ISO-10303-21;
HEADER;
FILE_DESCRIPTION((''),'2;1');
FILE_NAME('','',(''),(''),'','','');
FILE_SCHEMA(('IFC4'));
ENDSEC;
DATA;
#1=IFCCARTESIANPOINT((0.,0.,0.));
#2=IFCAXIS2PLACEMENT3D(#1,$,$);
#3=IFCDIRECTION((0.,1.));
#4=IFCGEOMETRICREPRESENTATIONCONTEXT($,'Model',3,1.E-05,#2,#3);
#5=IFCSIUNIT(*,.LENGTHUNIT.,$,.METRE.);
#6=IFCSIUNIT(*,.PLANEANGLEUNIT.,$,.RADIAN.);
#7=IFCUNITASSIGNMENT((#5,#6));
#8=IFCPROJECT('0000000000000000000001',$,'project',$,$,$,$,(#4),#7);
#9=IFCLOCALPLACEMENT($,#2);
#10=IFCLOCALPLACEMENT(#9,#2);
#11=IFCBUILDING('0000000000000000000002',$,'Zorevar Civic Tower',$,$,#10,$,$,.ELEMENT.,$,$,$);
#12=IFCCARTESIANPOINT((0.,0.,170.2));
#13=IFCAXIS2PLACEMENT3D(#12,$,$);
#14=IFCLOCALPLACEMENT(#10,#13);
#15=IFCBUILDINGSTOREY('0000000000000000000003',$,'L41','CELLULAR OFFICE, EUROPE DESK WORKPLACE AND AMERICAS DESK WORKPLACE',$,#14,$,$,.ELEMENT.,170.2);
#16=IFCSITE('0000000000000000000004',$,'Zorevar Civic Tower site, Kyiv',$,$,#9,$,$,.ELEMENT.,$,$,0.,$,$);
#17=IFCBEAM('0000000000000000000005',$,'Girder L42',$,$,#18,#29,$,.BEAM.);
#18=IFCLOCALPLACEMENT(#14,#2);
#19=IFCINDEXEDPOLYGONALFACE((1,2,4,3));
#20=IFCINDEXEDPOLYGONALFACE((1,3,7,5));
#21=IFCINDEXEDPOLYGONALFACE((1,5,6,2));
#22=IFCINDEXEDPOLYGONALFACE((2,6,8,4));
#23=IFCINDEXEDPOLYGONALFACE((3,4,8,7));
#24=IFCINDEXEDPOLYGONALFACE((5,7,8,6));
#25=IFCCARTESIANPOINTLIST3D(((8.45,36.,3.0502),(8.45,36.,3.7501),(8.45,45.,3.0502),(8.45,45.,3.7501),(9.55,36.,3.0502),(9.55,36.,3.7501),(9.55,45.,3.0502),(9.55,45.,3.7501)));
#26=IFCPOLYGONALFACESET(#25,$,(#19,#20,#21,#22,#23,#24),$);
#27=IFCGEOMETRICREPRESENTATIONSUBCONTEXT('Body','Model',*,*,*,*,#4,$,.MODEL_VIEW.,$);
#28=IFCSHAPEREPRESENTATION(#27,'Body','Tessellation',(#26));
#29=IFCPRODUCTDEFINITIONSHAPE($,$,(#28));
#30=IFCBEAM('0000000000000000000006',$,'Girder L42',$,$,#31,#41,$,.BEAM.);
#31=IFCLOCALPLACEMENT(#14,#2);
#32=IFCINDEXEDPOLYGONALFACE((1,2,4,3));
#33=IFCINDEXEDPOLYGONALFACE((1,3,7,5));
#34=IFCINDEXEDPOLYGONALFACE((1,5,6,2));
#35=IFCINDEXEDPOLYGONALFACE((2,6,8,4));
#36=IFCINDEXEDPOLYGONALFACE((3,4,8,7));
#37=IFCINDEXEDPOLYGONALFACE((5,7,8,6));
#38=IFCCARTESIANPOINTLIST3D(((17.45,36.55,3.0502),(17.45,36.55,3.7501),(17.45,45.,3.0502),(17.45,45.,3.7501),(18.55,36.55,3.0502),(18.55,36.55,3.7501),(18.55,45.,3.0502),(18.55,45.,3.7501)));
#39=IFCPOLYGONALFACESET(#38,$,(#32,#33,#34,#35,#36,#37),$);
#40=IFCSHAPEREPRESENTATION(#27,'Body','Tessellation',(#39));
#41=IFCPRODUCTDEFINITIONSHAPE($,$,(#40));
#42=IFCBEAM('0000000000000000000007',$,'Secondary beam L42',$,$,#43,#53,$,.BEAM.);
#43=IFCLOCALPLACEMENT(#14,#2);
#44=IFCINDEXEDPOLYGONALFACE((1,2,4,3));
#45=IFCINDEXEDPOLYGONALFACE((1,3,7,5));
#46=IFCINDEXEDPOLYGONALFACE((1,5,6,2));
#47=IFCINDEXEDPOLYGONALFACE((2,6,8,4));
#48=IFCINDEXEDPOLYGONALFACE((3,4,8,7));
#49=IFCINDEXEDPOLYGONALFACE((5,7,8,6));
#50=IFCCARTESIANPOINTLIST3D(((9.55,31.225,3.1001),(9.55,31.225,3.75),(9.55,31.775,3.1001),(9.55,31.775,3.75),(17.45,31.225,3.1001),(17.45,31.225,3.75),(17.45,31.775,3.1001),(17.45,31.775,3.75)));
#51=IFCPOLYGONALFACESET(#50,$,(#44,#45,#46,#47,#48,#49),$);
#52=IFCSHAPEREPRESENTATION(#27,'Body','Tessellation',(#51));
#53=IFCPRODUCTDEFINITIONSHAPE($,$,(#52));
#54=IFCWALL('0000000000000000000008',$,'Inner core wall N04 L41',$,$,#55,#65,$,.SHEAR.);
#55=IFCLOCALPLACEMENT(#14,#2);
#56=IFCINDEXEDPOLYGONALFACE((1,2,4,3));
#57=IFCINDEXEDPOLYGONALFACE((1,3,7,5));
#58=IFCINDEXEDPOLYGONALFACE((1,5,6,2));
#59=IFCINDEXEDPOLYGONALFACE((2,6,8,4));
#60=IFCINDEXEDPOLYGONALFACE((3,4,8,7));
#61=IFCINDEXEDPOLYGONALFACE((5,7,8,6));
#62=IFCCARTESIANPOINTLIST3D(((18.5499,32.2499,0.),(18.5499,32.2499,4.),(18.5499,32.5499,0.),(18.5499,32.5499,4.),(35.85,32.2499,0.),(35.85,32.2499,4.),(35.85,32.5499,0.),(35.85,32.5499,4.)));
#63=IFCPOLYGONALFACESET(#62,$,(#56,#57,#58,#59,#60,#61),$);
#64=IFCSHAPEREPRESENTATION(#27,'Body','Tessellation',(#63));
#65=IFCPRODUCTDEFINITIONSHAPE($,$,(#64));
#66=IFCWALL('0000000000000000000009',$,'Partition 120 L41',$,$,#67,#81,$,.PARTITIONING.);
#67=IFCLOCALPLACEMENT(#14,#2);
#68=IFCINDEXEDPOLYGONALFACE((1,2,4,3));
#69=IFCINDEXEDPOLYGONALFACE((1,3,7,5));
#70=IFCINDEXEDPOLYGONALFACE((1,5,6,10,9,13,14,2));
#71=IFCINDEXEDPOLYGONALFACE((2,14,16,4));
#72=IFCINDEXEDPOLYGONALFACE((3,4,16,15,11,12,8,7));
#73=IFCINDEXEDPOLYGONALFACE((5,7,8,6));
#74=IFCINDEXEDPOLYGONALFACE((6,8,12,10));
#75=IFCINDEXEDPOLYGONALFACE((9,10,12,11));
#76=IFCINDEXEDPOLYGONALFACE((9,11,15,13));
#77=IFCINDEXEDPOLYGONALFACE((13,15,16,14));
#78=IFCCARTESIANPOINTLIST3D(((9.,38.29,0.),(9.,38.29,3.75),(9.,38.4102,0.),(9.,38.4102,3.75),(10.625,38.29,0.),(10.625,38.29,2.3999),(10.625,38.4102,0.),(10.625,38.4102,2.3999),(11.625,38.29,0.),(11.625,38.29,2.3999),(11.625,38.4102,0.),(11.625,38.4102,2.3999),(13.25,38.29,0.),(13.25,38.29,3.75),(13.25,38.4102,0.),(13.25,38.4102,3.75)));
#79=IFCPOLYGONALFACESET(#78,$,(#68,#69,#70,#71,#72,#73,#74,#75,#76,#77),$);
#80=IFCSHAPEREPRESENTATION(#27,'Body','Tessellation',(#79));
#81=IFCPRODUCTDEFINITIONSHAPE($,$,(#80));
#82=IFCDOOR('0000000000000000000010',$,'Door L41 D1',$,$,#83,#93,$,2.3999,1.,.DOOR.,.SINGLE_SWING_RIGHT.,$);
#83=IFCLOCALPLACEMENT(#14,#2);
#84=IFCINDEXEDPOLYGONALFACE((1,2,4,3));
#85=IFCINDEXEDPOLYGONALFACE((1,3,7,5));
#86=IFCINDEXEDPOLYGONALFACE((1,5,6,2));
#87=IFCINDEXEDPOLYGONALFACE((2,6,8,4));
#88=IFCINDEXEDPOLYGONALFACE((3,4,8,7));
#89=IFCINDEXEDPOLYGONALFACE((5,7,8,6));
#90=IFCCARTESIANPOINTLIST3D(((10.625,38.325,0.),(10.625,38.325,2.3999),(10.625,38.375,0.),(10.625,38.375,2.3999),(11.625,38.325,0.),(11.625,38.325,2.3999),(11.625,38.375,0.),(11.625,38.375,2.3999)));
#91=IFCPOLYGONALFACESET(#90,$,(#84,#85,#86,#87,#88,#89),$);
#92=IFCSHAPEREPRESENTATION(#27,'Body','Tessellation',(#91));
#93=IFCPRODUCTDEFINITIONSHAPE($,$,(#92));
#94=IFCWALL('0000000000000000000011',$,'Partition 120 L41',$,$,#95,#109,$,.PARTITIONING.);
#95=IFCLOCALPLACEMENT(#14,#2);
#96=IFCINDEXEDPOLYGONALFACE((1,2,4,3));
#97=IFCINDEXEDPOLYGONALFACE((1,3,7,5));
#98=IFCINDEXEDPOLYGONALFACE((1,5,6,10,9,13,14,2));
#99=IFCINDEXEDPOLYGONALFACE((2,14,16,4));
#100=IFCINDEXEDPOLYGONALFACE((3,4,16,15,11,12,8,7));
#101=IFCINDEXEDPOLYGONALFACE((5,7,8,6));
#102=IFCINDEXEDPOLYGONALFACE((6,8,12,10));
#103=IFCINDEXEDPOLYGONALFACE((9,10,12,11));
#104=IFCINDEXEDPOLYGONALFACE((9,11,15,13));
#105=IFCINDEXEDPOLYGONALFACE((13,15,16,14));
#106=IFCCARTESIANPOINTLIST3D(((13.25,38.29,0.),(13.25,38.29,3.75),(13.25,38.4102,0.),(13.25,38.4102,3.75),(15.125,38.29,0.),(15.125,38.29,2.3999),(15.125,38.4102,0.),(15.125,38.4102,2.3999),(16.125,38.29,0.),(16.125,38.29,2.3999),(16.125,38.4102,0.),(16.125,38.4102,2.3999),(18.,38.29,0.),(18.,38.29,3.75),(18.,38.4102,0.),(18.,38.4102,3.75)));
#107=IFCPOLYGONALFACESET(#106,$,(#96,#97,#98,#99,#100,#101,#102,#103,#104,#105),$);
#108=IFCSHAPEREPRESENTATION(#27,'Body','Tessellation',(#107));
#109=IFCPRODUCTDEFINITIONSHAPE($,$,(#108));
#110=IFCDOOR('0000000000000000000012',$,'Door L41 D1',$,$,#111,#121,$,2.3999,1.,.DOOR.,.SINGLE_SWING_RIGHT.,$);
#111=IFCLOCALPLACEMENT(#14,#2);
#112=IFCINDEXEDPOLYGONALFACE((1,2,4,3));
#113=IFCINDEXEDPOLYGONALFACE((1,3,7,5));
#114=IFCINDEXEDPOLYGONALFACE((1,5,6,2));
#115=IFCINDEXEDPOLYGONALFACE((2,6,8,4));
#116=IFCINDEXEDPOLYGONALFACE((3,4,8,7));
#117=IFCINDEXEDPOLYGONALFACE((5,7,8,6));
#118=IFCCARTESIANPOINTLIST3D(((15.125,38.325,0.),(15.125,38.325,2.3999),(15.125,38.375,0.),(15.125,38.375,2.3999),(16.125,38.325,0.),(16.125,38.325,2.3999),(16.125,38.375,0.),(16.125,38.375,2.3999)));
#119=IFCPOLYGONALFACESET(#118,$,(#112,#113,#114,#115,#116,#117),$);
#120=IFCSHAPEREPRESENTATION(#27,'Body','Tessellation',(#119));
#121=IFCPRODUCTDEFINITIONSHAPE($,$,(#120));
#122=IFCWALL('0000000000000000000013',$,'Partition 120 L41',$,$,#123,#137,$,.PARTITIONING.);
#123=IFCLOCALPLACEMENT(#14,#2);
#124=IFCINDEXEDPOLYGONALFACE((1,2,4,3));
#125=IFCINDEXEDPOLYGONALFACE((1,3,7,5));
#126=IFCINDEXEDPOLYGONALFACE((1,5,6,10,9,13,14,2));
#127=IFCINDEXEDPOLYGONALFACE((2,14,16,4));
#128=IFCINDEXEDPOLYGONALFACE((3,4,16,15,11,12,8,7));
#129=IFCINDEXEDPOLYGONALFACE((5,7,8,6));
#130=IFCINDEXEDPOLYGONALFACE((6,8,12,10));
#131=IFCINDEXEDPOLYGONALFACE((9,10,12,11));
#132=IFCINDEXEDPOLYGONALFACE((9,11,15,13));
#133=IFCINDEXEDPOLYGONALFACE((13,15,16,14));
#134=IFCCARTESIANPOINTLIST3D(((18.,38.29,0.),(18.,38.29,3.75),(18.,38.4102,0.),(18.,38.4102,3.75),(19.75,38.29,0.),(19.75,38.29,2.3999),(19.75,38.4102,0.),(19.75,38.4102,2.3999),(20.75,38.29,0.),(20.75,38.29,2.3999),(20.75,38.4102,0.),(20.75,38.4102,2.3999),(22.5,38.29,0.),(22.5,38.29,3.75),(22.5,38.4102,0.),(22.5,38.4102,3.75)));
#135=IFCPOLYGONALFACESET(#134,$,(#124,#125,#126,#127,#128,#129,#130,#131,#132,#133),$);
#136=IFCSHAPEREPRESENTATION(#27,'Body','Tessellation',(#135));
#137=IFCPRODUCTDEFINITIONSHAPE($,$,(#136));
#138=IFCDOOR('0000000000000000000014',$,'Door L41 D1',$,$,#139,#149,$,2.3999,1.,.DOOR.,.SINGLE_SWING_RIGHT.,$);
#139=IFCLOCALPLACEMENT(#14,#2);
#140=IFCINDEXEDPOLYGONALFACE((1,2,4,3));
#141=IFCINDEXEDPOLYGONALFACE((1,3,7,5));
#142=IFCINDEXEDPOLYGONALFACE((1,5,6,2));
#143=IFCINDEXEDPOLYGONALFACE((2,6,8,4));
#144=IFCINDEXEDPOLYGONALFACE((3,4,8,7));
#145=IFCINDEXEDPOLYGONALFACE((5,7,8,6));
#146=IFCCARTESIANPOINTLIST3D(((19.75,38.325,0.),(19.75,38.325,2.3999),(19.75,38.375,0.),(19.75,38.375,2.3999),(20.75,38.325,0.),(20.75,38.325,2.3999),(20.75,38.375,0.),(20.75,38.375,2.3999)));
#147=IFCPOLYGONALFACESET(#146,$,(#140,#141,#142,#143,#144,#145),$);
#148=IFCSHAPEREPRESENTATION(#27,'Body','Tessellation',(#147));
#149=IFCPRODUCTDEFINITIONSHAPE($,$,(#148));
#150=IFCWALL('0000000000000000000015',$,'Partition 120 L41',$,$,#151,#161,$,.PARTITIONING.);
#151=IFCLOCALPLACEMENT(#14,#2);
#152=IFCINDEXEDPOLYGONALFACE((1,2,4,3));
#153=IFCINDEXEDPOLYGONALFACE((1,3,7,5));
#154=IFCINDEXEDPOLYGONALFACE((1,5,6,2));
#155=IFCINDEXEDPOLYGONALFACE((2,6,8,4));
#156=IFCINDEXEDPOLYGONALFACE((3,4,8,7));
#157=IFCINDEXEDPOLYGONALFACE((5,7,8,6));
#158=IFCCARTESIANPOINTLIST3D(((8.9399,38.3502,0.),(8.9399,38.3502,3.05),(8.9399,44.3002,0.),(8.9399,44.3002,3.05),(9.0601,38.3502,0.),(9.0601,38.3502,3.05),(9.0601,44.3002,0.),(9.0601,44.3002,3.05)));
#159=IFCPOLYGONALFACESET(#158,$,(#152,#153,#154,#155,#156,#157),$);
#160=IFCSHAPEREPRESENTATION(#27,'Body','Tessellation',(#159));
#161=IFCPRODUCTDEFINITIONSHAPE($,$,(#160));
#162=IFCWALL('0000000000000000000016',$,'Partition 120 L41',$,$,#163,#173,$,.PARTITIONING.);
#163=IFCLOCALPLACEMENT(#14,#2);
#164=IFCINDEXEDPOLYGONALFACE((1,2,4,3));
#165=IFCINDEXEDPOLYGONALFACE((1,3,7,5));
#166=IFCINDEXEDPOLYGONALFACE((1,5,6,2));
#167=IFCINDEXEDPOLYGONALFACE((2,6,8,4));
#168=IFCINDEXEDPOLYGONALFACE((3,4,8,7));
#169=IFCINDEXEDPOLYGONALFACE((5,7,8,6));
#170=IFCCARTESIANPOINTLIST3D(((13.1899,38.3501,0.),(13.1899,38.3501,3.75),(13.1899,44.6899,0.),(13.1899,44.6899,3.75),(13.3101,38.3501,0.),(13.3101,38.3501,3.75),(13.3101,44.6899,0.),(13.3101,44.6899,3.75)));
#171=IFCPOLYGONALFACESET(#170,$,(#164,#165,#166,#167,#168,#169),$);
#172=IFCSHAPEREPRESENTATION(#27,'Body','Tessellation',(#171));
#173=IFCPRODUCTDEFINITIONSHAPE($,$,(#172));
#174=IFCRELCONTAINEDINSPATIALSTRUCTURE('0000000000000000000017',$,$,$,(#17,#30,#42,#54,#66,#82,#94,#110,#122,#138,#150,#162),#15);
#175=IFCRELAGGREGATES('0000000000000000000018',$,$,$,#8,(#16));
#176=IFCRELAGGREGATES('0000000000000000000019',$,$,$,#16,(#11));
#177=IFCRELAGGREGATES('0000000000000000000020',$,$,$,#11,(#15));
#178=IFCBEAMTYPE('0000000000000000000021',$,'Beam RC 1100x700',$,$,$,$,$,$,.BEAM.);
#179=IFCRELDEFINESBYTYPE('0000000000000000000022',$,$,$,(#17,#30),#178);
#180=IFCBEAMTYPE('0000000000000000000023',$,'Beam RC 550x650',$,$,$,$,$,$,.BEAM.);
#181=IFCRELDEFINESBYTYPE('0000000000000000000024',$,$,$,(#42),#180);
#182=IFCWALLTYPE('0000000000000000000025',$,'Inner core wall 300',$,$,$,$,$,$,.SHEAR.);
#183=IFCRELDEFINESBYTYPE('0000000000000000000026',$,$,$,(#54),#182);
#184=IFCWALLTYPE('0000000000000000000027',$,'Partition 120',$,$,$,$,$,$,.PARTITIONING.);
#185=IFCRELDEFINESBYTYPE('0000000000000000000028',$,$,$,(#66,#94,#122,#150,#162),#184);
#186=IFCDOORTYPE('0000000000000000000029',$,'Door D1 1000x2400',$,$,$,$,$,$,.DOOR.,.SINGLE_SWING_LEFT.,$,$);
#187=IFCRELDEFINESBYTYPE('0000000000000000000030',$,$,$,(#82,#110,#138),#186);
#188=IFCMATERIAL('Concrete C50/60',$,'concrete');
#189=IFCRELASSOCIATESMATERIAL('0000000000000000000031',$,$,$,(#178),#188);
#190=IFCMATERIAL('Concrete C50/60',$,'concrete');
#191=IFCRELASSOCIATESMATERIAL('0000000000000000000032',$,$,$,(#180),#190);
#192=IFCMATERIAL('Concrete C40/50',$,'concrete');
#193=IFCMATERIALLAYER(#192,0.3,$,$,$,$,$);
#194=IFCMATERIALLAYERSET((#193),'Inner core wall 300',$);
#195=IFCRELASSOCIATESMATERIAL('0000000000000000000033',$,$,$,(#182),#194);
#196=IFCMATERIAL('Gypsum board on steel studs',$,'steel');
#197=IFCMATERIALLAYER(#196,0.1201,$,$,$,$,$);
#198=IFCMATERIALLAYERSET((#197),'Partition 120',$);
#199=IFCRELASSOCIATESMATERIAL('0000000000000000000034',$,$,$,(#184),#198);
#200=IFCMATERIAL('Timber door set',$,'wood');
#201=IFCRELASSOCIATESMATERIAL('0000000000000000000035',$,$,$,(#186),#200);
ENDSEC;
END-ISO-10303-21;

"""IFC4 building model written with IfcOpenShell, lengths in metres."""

from ifc_helpers import new_model, si_unit, direction, frame, frame_2d, origin, origin_2d, place, context, subcontext, project, spatial, rectangle, extrude, material, layer, layer_set, material_profile, profile_set, type_object, element, fill, save


model = new_model("IFC4")

# Units and contexts
model_context = context("Model", 3, precision=1e-05, world=origin(), true_north=direction((0.0, 1.0)))
body_context = subcontext(model_context, "Body", "Model", "MODEL_VIEW")
ifc_project = project(units=[si_unit("LENGTHUNIT", "METRE"), si_unit("PLANEANGLEUNIT", "RADIAN")], contexts=[model_context])

# Site, building, storey
site_placement = place(None, origin())
site = spatial("IfcSite", under=ifc_project, at=site_placement, Name="Zorevar Civic Tower site, Kyiv", CompositionType="ELEMENT", RefElevation=0.0)
building_placement = place(site_placement, origin())
building = spatial("IfcBuilding", under=site, at=building_placement, Name="Zorevar Civic Tower", CompositionType="ELEMENT")
storey_placement = place(building_placement, frame((0.0, 0.0, 170.2)))
storey = spatial("IfcBuildingStorey", under=building, at=storey_placement, Name="L41", Description="CELLULAR OFFICE, EUROPE DESK WORKPLACE AND AMERICAS DESK WORKPLACE", CompositionType="ELEMENT", Elevation=170.2)

# Beams
ifc_material_1 = material(Name="Concrete C50/60", Category="concrete")
ifc_material_profile_1 = material_profile(ifc_material_1, rectangle(XDim=1.1001, YDim=0.7, at=origin_2d()), Name="RC 1100x700")
ifc_profile_set_1 = profile_set([ifc_material_profile_1], Name="Concrete C50/60")
beam_type_1 = type_object("IfcBeamType", Name="Beam RC 1100x700", PredefinedType="BEAM", material=ifc_profile_set_1)
beam_1_placement = place(storey_placement, frame((9.0, 36.0, 3.4001), z_axis=(0.0, 1.0, 0.0), x_axis=(-1.0, 0.0, 0.0)))
element("IfcBeam", 1, at=beam_1_placement, inside=storey, type_object=beam_type_1, Name="Girder L42", PredefinedType="BEAM", context=body_context, shape_type="SweptSolid", body=[
    extrude(rectangle(XDim=1.1001, YDim=0.7, at=origin_2d()), origin(), (0.0, 0.0, 1.0), 9.0),
])
beam_2_placement = place(storey_placement, frame((18.0, 36.55, 3.4001), z_axis=(0.0, 1.0, 0.0), x_axis=(-1.0, 0.0, 0.0)))
element("IfcBeam", 2, at=beam_2_placement, inside=storey, type_object=beam_type_1, Name="Girder L42", PredefinedType="BEAM", context=body_context, shape_type="SweptSolid", body=[
    extrude(rectangle(XDim=1.1001, YDim=0.7, at=origin_2d()), origin(), (0.0, 0.0, 1.0), 8.45),
])
ifc_material_2 = material(Name="Concrete C50/60", Category="concrete")
ifc_material_profile_2 = material_profile(ifc_material_2, rectangle(XDim=0.55, YDim=0.6499, at=origin_2d()), Name="RC 550x650")
ifc_profile_set_2 = profile_set([ifc_material_profile_2], Name="Concrete C50/60")
beam_type_2 = type_object("IfcBeamType", Name="Beam RC 550x650", PredefinedType="BEAM", material=ifc_profile_set_2)
beam_3_placement = place(storey_placement, frame((9.55, 31.5, 3.425), z_axis=(1.0, 0.0, 0.0), x_axis=(0.0, 1.0, 0.0)))
element("IfcBeam", 3, at=beam_3_placement, inside=storey, type_object=beam_type_2, Name="Secondary beam L42", PredefinedType="BEAM", context=body_context, shape_type="SweptSolid", body=[
    extrude(rectangle(XDim=0.55, YDim=0.6499, at=origin_2d()), origin(), (0.0, 0.0, 1.0), 7.8999),
])

# Shared definitions
ifc_material_3 = material(Name="Concrete C40/50", Category="concrete")
ifc_layer_1 = layer(ifc_material_3, 0.3)
ifc_layer_set_1 = layer_set([ifc_layer_1], Name="Inner core wall 300")
wall_type_1 = type_object("IfcWallType", Name="Inner core wall 300", PredefinedType="SHEAR", material=ifc_layer_set_1)

# Wall
wall_1_placement = place(storey_placement, frame((18.55, 32.3999, 0.0), z_axis=(0.0, 0.0, 1.0), x_axis=(1.0, 0.0, 0.0)))
element("IfcWall", 4, at=wall_1_placement, inside=storey, type_object=wall_type_1, Name="Inner core wall N04 L41", PredefinedType="SHEAR", context=body_context, shape_type="SweptSolid", body=[
    extrude(rectangle(XDim=17.3, YDim=0.3, at=frame_2d((8.6499, 0.0))), origin(), (0.0, 0.0, 1.0), 4.0),
])

# Walls, openings, doors
ifc_material_4 = material(Name="Gypsum board on steel studs", Category="steel")
ifc_layer_2 = layer(ifc_material_4, 0.1201)
ifc_layer_set_2 = layer_set([ifc_layer_2], Name="Partition 120")
wall_type_2 = type_object("IfcWallType", Name="Partition 120", PredefinedType="PARTITIONING", material=ifc_layer_set_2)
wall_2_placement = place(storey_placement, frame((9.0, 38.3501, 0.0), z_axis=(0.0, 0.0, 1.0), x_axis=(1.0, 0.0, 0.0)))
wall_2 = element("IfcWall", 5, at=wall_2_placement, inside=storey, type_object=wall_type_2, Name="Partition 120 L41", PredefinedType="PARTITIONING", context=body_context, shape_type="SweptSolid", body=[
    extrude(rectangle(XDim=4.25, YDim=0.1201, at=frame_2d((2.125, 0.0))), origin(), (0.0, 0.0, 1.0), 3.75),
])
opening_1_placement = place(wall_2_placement, frame((1.625, 0.0, 0.0)))
opening_1 = element("IfcOpeningElement", 6, at=opening_1_placement, cuts=wall_2, PredefinedType="OPENING", context=body_context, shape_type="SweptSolid", body=[
    extrude(rectangle(XDim=1.0, YDim=2.3999, at=frame_2d((0.5, 1.2))), frame((0.0, 0.0701, 0.0), z_axis=(0.0, -1.0, 0.0), x_axis=(1.0, 0.0, 0.0)), (0.0, 0.0, 1.0), 0.1401),
])
ifc_material_5 = material(Name="Timber door set", Category="wood")
door_type_1 = type_object("IfcDoorType", Name="Door D1 1000x2400", OperationType="SINGLE_SWING_LEFT", PredefinedType="DOOR", material=ifc_material_5)
door_1_placement = place(opening_1_placement, origin())
door_1 = element("IfcDoor", 7, at=door_1_placement, inside=storey, type_object=door_type_1, Name="Door L41 D1", OperationType="SINGLE_SWING_RIGHT", OverallHeight=2.3999, OverallWidth=1.0, PredefinedType="DOOR", context=body_context, shape_type="SweptSolid", body=[
    extrude(rectangle(XDim=1.0, YDim=2.3999, at=frame_2d((0.5, 1.2))), frame((0.0, 0.0249, 0.0), z_axis=(0.0, -1.0, 0.0), x_axis=(1.0, 0.0, 0.0)), (0.0, 0.0, 1.0), 0.05),
])
fill(opening_1, door_1)
wall_3_placement = place(storey_placement, frame((13.25, 38.3501, 0.0), z_axis=(0.0, 0.0, 1.0), x_axis=(1.0, 0.0, 0.0)))
wall_3 = element("IfcWall", 8, at=wall_3_placement, inside=storey, type_object=wall_type_2, Name="Partition 120 L41", PredefinedType="PARTITIONING", context=body_context, shape_type="SweptSolid", body=[
    extrude(rectangle(XDim=4.75, YDim=0.1201, at=frame_2d((2.375, 0.0))), origin(), (0.0, 0.0, 1.0), 3.75),
])
opening_2_placement = place(wall_3_placement, frame((1.875, 0.0, 0.0)))
opening_2 = element("IfcOpeningElement", 9, at=opening_2_placement, cuts=wall_3, PredefinedType="OPENING", context=body_context, shape_type="SweptSolid", body=[
    extrude(rectangle(XDim=1.0, YDim=2.3999, at=frame_2d((0.5, 1.2))), frame((0.0, 0.0701, 0.0), z_axis=(0.0, -1.0, 0.0), x_axis=(1.0, 0.0, 0.0)), (0.0, 0.0, 1.0), 0.1401),
])
door_2_placement = place(opening_2_placement, origin())
door_2 = element("IfcDoor", 10, at=door_2_placement, inside=storey, type_object=door_type_1, Name="Door L41 D1", OperationType="SINGLE_SWING_RIGHT", OverallHeight=2.3999, OverallWidth=1.0, PredefinedType="DOOR", context=body_context, shape_type="SweptSolid", body=[
    extrude(rectangle(XDim=1.0, YDim=2.3999, at=frame_2d((0.5, 1.2))), frame((0.0, 0.0249, 0.0), z_axis=(0.0, -1.0, 0.0), x_axis=(1.0, 0.0, 0.0)), (0.0, 0.0, 1.0), 0.05),
])
fill(opening_2, door_2)
wall_4_placement = place(storey_placement, frame((18.0, 38.3501, 0.0), z_axis=(0.0, 0.0, 1.0), x_axis=(1.0, 0.0, 0.0)))
wall_4 = element("IfcWall", 11, at=wall_4_placement, inside=storey, type_object=wall_type_2, Name="Partition 120 L41", PredefinedType="PARTITIONING", context=body_context, shape_type="SweptSolid", body=[
    extrude(rectangle(XDim=4.5, YDim=0.1201, at=frame_2d((2.25, 0.0))), origin(), (0.0, 0.0, 1.0), 3.75),
])
opening_3_placement = place(wall_4_placement, frame((1.75, 0.0, 0.0)))
opening_3 = element("IfcOpeningElement", 12, at=opening_3_placement, cuts=wall_4, PredefinedType="OPENING", context=body_context, shape_type="SweptSolid", body=[
    extrude(rectangle(XDim=1.0, YDim=2.3999, at=frame_2d((0.5, 1.2))), frame((0.0, 0.0701, 0.0), z_axis=(0.0, -1.0, 0.0), x_axis=(1.0, 0.0, 0.0)), (0.0, 0.0, 1.0), 0.1401),
])
door_3_placement = place(opening_3_placement, origin())
door_3 = element("IfcDoor", 13, at=door_3_placement, inside=storey, type_object=door_type_1, Name="Door L41 D1", OperationType="SINGLE_SWING_RIGHT", OverallHeight=2.3999, OverallWidth=1.0, PredefinedType="DOOR", context=body_context, shape_type="SweptSolid", body=[
    extrude(rectangle(XDim=1.0, YDim=2.3999, at=frame_2d((0.5, 1.2))), frame((0.0, 0.0249, 0.0), z_axis=(0.0, -1.0, 0.0), x_axis=(1.0, 0.0, 0.0)), (0.0, 0.0, 1.0), 0.05),
])
fill(opening_3, door_3)

# Walls
wall_5_placement = place(storey_placement, frame((9.0, 38.3501, 0.0), z_axis=(0.0, 0.0, 1.0), x_axis=(0.0, 1.0, 0.0)))
element("IfcWall", 14, at=wall_5_placement, inside=storey, type_object=wall_type_2, Name="Partition 120 L41", PredefinedType="PARTITIONING", context=body_context, shape_type="SweptSolid", body=[
    extrude(rectangle(XDim=5.95, YDim=0.1201, at=frame_2d((2.9751, 0.0))), origin(), (0.0, 0.0, 1.0), 3.05),
])
wall_6_placement = place(storey_placement, frame((13.25, 38.3501, 0.0), z_axis=(0.0, 0.0, 1.0), x_axis=(0.0, 1.0, 0.0)))
element("IfcWall", 15, at=wall_6_placement, inside=storey, type_object=wall_type_2, Name="Partition 120 L41", PredefinedType="PARTITIONING", context=body_context, shape_type="SweptSolid", body=[
    extrude(rectangle(XDim=6.3398, YDim=0.1201, at=frame_2d((3.1699, 0.0))), origin(), (0.0, 0.0, 1.0), 3.75),
])

save(model, "model.ifc")
